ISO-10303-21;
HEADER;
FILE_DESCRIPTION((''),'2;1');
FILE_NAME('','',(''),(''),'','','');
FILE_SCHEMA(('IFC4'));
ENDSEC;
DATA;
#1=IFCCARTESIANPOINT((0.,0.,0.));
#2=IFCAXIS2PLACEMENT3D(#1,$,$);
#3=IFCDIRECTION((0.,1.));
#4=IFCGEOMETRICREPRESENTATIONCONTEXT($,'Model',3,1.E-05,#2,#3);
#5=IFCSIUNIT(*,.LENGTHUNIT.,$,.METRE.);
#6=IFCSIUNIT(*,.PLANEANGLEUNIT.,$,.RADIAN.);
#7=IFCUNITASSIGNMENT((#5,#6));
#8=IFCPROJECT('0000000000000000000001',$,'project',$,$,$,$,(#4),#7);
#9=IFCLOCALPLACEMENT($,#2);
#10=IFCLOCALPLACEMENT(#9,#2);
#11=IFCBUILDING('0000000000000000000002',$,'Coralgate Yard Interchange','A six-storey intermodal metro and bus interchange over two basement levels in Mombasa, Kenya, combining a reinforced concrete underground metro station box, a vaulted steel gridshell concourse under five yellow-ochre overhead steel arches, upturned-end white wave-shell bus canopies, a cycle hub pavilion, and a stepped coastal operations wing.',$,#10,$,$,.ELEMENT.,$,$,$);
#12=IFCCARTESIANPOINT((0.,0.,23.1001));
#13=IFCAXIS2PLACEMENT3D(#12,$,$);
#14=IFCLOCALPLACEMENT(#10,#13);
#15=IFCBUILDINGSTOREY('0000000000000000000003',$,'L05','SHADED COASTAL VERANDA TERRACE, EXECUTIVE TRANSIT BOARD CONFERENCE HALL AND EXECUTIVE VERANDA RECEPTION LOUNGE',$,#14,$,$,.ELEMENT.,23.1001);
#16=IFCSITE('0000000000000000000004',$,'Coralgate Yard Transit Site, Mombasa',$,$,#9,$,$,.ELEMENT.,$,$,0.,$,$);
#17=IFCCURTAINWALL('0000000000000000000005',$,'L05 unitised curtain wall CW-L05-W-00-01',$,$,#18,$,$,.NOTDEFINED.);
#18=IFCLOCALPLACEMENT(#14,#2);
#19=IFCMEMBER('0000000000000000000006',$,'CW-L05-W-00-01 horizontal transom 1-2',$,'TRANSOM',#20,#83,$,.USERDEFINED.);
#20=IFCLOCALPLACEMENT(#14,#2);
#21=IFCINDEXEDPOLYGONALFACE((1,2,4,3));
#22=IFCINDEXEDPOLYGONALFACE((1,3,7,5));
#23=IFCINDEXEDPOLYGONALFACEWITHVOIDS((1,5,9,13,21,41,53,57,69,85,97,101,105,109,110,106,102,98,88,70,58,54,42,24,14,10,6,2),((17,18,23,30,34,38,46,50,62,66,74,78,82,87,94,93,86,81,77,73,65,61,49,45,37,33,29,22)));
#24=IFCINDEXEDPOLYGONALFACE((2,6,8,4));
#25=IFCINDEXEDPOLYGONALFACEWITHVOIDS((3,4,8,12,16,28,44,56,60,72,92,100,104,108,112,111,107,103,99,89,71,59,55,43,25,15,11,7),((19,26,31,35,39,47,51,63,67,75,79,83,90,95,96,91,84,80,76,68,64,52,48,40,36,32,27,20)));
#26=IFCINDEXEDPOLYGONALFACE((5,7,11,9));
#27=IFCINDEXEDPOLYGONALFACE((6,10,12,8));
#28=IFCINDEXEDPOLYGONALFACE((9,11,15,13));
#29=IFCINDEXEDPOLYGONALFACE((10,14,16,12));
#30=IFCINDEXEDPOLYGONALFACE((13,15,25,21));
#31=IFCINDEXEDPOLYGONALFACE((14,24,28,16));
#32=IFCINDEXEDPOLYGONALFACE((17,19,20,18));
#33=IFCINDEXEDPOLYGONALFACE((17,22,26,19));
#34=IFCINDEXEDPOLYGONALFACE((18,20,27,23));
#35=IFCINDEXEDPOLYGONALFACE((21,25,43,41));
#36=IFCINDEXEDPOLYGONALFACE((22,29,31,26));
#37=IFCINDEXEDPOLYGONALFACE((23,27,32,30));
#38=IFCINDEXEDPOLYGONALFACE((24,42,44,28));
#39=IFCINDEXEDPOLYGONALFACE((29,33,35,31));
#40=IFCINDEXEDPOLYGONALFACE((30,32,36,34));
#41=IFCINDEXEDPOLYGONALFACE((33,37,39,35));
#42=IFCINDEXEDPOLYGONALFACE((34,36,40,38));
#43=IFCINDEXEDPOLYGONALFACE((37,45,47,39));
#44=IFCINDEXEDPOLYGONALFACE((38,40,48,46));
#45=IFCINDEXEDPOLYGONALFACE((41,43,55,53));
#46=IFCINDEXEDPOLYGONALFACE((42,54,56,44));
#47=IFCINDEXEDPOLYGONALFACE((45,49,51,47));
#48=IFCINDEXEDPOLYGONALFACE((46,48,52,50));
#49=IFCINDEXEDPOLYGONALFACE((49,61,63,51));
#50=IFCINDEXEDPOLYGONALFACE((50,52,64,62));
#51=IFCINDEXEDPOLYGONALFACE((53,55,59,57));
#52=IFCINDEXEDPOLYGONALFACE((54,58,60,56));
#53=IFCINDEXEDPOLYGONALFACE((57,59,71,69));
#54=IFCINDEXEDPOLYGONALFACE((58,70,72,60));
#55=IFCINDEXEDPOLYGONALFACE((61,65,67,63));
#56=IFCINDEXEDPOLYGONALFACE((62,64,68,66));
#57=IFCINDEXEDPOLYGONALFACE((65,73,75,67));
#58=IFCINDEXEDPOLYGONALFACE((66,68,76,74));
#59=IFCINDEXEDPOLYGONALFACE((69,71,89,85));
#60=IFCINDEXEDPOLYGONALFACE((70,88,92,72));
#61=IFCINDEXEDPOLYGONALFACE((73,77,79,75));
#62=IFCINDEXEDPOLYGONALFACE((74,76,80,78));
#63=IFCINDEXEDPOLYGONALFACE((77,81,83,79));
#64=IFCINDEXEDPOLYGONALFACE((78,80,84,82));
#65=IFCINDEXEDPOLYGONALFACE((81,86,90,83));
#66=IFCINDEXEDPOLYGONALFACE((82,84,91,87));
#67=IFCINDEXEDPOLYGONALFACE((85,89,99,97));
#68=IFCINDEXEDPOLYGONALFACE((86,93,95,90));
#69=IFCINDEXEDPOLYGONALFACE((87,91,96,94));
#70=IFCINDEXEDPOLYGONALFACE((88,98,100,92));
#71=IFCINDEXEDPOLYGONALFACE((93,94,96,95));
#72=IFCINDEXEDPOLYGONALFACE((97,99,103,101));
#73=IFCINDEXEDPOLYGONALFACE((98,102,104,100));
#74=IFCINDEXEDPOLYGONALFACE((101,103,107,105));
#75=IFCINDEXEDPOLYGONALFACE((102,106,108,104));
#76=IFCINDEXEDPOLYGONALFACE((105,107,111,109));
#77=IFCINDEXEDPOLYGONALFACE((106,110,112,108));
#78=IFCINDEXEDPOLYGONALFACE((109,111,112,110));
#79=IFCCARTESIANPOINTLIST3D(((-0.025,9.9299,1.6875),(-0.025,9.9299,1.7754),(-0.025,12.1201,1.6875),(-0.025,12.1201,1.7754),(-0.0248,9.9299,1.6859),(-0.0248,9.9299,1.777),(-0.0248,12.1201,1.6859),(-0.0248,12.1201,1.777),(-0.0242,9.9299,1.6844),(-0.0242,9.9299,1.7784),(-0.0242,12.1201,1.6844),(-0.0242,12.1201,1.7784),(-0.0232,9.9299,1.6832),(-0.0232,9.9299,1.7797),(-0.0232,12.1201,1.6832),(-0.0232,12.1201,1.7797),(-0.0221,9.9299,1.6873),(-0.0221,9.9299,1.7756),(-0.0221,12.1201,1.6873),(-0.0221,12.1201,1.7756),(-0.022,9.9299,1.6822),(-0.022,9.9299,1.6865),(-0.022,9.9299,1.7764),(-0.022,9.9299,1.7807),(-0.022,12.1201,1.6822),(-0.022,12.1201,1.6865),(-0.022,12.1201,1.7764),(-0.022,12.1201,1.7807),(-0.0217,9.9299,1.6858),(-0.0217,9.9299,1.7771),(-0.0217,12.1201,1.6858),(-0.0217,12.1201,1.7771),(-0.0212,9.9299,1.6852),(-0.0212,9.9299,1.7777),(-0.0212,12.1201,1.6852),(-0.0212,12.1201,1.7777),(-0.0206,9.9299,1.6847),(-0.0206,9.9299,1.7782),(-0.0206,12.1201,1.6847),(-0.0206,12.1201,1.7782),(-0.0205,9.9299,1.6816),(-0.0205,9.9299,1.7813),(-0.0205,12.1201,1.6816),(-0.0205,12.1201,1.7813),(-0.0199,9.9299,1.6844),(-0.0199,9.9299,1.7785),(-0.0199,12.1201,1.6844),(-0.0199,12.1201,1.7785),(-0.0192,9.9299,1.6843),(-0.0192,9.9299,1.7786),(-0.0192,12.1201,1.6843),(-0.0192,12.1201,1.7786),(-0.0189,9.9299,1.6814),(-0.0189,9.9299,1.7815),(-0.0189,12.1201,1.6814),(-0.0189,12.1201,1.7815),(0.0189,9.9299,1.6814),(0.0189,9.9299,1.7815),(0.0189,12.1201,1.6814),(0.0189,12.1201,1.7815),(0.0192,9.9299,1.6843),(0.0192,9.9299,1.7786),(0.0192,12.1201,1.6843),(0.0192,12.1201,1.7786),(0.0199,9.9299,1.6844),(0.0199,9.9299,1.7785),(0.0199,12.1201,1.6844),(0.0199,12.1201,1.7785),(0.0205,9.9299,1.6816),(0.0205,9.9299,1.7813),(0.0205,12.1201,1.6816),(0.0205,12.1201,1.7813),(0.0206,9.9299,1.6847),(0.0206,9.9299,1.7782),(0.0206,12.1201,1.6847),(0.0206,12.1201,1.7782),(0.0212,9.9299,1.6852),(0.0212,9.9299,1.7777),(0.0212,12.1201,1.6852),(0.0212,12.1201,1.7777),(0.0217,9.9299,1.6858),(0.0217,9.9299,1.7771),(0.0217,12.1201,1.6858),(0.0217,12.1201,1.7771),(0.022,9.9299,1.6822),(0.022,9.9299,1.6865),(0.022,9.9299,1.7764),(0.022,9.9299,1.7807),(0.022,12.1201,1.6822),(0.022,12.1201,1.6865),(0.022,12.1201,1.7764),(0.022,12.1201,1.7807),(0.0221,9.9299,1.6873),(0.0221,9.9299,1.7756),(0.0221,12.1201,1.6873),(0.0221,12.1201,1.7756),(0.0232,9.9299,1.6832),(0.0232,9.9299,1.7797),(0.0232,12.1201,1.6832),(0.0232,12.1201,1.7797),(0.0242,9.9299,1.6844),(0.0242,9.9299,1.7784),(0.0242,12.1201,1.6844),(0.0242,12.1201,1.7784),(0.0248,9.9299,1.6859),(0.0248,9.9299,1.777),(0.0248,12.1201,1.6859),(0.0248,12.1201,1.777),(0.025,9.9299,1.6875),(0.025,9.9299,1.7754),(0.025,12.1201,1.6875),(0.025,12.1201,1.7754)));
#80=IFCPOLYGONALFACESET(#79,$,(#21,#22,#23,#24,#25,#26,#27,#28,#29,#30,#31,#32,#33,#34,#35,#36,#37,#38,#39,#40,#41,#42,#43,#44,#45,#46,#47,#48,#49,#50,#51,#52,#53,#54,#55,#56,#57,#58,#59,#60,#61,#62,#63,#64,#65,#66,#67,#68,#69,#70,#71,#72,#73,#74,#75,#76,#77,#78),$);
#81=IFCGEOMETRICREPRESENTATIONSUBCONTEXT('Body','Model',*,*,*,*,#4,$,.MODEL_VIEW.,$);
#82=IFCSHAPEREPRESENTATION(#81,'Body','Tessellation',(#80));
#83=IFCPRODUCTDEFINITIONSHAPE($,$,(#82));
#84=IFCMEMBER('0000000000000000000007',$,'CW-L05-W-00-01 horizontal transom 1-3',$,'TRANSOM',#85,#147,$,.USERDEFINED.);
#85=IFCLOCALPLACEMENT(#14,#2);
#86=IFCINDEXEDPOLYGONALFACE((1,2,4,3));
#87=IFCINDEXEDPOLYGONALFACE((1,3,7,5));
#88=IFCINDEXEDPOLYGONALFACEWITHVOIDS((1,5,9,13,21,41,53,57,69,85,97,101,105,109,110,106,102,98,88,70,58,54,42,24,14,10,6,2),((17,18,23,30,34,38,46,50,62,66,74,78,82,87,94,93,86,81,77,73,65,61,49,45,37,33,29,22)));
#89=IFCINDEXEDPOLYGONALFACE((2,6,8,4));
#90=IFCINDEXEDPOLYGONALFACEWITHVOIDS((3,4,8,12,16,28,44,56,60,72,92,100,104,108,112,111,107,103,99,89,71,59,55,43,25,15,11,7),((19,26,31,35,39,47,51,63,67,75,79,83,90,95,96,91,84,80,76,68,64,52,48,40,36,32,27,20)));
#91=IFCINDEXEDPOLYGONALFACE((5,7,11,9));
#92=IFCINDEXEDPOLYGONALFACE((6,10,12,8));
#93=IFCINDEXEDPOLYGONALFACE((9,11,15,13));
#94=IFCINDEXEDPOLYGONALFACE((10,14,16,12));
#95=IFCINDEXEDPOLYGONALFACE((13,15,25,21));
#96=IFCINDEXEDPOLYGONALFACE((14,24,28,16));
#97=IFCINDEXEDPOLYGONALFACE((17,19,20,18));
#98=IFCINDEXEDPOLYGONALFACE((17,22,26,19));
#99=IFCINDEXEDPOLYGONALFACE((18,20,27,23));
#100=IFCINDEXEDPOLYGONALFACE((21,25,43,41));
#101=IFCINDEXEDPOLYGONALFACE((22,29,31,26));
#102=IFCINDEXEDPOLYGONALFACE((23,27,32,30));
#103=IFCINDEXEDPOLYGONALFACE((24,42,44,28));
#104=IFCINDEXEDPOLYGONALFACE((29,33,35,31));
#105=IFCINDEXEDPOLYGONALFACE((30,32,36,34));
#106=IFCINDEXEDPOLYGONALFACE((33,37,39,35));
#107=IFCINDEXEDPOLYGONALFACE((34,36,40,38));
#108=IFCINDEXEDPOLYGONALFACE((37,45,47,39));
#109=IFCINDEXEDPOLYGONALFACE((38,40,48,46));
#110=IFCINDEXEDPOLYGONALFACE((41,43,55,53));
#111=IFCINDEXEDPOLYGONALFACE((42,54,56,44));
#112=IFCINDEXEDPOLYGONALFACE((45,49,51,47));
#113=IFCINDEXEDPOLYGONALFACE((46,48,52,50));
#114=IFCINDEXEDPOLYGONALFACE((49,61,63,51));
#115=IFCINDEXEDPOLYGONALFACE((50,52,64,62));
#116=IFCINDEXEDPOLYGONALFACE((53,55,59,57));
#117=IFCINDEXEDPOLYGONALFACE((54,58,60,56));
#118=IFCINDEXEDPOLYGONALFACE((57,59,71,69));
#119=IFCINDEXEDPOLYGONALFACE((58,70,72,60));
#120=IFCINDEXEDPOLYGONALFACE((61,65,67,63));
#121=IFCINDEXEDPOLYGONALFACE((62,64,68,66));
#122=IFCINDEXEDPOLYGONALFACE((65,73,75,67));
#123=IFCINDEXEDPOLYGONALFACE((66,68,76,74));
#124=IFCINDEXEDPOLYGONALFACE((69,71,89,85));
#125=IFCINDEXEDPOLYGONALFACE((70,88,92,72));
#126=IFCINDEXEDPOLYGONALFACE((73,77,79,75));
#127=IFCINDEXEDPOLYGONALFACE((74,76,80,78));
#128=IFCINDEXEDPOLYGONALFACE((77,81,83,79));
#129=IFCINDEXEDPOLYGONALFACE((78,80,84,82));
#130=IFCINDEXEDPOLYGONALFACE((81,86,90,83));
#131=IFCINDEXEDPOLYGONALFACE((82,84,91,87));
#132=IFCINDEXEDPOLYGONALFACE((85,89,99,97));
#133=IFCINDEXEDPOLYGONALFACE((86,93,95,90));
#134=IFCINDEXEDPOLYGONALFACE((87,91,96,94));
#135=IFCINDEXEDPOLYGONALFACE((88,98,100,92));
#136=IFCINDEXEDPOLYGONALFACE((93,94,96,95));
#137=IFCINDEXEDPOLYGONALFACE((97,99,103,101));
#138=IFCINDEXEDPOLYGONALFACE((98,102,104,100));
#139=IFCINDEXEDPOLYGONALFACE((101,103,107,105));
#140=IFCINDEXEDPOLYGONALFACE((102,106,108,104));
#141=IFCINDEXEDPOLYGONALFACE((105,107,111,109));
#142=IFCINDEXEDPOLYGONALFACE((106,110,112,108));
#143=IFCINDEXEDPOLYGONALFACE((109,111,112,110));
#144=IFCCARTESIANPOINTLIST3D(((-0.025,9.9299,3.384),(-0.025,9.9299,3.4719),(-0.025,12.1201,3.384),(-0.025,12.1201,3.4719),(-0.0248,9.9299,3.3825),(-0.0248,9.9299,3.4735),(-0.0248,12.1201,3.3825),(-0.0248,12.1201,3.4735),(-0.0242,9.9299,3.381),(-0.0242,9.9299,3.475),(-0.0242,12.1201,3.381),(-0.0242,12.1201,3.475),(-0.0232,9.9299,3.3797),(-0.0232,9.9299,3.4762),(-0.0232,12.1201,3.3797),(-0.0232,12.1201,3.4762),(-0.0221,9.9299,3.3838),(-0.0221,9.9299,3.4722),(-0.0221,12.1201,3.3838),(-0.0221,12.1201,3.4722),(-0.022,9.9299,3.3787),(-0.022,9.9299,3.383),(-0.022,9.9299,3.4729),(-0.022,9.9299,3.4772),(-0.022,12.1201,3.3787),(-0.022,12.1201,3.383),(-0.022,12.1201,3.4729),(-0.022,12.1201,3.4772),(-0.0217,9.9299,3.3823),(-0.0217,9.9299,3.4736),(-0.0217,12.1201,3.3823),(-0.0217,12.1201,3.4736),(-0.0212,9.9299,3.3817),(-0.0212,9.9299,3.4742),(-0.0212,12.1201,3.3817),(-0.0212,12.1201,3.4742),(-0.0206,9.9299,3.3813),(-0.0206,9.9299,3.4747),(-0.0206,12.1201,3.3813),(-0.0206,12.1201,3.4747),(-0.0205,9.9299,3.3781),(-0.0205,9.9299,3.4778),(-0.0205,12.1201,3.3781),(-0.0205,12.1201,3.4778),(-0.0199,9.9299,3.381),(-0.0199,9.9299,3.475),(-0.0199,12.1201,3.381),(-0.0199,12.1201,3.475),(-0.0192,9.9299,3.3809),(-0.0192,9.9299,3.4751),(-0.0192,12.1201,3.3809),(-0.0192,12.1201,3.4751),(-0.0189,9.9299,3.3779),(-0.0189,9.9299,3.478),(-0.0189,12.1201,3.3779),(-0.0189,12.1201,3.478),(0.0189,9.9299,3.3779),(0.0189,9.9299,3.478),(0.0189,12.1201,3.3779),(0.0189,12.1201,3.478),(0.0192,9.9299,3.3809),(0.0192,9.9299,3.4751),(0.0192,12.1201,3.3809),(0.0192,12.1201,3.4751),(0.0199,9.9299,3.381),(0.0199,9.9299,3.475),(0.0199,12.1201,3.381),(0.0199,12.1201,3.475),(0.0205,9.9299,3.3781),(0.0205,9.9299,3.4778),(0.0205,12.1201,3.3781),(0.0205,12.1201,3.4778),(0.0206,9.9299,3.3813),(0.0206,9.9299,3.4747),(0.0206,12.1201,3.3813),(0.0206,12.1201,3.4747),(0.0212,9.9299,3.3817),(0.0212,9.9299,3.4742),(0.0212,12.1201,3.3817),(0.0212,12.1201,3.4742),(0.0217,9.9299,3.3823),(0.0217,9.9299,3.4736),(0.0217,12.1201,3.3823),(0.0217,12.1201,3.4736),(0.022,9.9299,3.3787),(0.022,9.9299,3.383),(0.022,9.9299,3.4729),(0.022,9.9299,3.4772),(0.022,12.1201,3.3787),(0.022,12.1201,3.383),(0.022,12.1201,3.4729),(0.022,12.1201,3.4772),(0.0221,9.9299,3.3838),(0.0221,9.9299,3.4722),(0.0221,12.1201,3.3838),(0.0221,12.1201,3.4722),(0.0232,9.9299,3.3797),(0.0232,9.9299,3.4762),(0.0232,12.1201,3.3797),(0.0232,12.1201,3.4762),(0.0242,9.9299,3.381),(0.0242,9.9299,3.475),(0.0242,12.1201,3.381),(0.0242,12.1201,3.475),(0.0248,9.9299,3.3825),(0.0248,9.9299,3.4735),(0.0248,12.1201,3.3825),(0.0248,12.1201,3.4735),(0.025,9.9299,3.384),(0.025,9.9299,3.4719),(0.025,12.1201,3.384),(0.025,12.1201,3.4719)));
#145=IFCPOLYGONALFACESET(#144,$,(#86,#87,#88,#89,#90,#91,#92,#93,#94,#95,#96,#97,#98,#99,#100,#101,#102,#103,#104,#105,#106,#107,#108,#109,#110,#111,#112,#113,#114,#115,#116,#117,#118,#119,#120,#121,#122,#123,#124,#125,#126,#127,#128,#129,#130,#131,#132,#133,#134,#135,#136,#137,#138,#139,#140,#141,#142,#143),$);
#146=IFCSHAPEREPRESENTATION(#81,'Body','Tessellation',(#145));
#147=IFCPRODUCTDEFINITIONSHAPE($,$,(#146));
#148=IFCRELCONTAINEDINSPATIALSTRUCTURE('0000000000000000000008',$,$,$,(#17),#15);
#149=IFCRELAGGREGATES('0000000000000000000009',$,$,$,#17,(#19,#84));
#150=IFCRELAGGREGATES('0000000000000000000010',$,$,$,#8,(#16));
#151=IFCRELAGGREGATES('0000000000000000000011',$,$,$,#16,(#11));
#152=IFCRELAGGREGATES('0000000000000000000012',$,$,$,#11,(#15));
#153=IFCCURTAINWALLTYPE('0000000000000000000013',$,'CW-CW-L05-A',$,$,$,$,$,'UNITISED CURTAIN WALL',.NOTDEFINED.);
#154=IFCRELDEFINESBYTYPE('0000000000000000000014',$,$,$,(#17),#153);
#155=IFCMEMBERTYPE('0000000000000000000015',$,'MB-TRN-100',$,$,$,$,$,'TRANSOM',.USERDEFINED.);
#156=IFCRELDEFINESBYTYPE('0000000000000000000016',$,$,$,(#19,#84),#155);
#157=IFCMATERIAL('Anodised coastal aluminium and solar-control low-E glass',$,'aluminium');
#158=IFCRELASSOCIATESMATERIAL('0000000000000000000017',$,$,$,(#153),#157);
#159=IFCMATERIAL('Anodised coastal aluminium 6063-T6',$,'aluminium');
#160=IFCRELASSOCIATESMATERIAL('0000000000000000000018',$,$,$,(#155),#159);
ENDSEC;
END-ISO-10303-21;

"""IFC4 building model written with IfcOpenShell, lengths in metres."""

from ifc_helpers import new_model, si_unit, direction, frame, origin, origin_2d, place, context, subcontext, project, spatial, hollow_rectangle, extrude, material, material_profile, profile_set, type_object, element, aggregate, save


model = new_model("IFC4")

# Units and contexts
model_context = context("Model", 3, precision=1e-05, world=origin(), true_north=direction((0.0, 1.0)))
body_context = subcontext(model_context, "Body", "Model", "MODEL_VIEW")
ifc_project = project(units=[si_unit("LENGTHUNIT", "METRE"), si_unit("PLANEANGLEUNIT", "RADIAN")], contexts=[model_context])

# Site, building, storey
site_placement = place(None, origin())
site = spatial("IfcSite", under=ifc_project, at=site_placement, Name="Coralgate Yard Transit Site, Mombasa", CompositionType="ELEMENT", RefElevation=0.0)
building_placement = place(site_placement, origin())
building = spatial("IfcBuilding", under=site, at=building_placement, Name="Coralgate Yard Interchange", Description="A six-storey intermodal metro and bus interchange over two basement levels in Mombasa, Kenya, combining a reinforced concrete underground metro station box, a vaulted steel gridshell concourse under five yellow-ochre overhead steel arches, upturned-end white wave-shell bus canopies, a cycle hub pavilion, and a stepped coastal operations wing.", CompositionType="ELEMENT")
storey_placement = place(building_placement, frame((0.0, 0.0, 23.1001)))
storey = spatial("IfcBuildingStorey", under=building, at=storey_placement, Name="L05", Description="SHADED COASTAL VERANDA TERRACE, EXECUTIVE TRANSIT BOARD CONFERENCE HALL AND EXECUTIVE VERANDA RECEPTION LOUNGE", CompositionType="ELEMENT", Elevation=23.1001)

# Curtain wall, members
ifc_material_1 = material(Name="Anodised coastal aluminium and solar-control low-E glass", Category="aluminium")
curtain_wall_type = type_object("IfcCurtainWallType", Name="CW-CW-L05-A", ElementType="UNITISED CURTAIN WALL", PredefinedType="NOTDEFINED", material=ifc_material_1)
curtain_wall_placement = place(storey_placement, origin())
curtain_wall = element("IfcCurtainWall", 1, at=curtain_wall_placement, inside=storey, type_object=curtain_wall_type, Name="L05 unitised curtain wall CW-L05-W-00-01", PredefinedType="NOTDEFINED")
ifc_material_2 = material(Name="Anodised coastal aluminium 6063-T6", Category="aluminium")
ifc_material_profile_1 = material_profile(ifc_material_2, hollow_rectangle(XDim=0.05, YDim=0.1001, WallThickness=0.0029, InnerFilletRadius=0.0029, OuterFilletRadius=0.0061, at=origin_2d()), Name="ALU 50x100x3")
ifc_profile_set_1 = profile_set([ifc_material_profile_1], Name="Anodised coastal aluminium 6063-T6")
member_type_1 = type_object("IfcMemberType", Name="MB-TRN-100", ElementType="TRANSOM", PredefinedType="USERDEFINED", material=ifc_profile_set_1)
member_1_placement = place(storey_placement, frame((0.0, 9.9299, 1.7314), z_axis=(0.0, 1.0, 0.0), x_axis=(-1.0, 0.0, 0.0)))
member_1 = element("IfcMember", 2, at=member_1_placement, type_object=member_type_1, Name="CW-L05-W-00-01 horizontal transom 1-2", ObjectType="TRANSOM", PredefinedType="USERDEFINED", context=body_context, shape_type="SweptSolid", body=[
    extrude(hollow_rectangle(XDim=0.05, YDim=0.1001, WallThickness=0.0029, InnerFilletRadius=0.0029, OuterFilletRadius=0.0061, at=origin_2d()), origin(), (0.0, 0.0, 1.0), 2.1902),
])
member_2_placement = place(storey_placement, frame((0.0, 9.9299, 3.428), z_axis=(0.0, 1.0, 0.0), x_axis=(-1.0, 0.0, 0.0)))
member_2 = element("IfcMember", 3, at=member_2_placement, type_object=member_type_1, Name="CW-L05-W-00-01 horizontal transom 1-3", ObjectType="TRANSOM", PredefinedType="USERDEFINED", context=body_context, shape_type="SweptSolid", body=[
    extrude(hollow_rectangle(XDim=0.05, YDim=0.1001, WallThickness=0.0029, InnerFilletRadius=0.0029, OuterFilletRadius=0.0061, at=origin_2d()), origin(), (0.0, 0.0, 1.0), 2.1902),
])
aggregate(curtain_wall, [member_1, member_2])

save(model, "model.ifc")
